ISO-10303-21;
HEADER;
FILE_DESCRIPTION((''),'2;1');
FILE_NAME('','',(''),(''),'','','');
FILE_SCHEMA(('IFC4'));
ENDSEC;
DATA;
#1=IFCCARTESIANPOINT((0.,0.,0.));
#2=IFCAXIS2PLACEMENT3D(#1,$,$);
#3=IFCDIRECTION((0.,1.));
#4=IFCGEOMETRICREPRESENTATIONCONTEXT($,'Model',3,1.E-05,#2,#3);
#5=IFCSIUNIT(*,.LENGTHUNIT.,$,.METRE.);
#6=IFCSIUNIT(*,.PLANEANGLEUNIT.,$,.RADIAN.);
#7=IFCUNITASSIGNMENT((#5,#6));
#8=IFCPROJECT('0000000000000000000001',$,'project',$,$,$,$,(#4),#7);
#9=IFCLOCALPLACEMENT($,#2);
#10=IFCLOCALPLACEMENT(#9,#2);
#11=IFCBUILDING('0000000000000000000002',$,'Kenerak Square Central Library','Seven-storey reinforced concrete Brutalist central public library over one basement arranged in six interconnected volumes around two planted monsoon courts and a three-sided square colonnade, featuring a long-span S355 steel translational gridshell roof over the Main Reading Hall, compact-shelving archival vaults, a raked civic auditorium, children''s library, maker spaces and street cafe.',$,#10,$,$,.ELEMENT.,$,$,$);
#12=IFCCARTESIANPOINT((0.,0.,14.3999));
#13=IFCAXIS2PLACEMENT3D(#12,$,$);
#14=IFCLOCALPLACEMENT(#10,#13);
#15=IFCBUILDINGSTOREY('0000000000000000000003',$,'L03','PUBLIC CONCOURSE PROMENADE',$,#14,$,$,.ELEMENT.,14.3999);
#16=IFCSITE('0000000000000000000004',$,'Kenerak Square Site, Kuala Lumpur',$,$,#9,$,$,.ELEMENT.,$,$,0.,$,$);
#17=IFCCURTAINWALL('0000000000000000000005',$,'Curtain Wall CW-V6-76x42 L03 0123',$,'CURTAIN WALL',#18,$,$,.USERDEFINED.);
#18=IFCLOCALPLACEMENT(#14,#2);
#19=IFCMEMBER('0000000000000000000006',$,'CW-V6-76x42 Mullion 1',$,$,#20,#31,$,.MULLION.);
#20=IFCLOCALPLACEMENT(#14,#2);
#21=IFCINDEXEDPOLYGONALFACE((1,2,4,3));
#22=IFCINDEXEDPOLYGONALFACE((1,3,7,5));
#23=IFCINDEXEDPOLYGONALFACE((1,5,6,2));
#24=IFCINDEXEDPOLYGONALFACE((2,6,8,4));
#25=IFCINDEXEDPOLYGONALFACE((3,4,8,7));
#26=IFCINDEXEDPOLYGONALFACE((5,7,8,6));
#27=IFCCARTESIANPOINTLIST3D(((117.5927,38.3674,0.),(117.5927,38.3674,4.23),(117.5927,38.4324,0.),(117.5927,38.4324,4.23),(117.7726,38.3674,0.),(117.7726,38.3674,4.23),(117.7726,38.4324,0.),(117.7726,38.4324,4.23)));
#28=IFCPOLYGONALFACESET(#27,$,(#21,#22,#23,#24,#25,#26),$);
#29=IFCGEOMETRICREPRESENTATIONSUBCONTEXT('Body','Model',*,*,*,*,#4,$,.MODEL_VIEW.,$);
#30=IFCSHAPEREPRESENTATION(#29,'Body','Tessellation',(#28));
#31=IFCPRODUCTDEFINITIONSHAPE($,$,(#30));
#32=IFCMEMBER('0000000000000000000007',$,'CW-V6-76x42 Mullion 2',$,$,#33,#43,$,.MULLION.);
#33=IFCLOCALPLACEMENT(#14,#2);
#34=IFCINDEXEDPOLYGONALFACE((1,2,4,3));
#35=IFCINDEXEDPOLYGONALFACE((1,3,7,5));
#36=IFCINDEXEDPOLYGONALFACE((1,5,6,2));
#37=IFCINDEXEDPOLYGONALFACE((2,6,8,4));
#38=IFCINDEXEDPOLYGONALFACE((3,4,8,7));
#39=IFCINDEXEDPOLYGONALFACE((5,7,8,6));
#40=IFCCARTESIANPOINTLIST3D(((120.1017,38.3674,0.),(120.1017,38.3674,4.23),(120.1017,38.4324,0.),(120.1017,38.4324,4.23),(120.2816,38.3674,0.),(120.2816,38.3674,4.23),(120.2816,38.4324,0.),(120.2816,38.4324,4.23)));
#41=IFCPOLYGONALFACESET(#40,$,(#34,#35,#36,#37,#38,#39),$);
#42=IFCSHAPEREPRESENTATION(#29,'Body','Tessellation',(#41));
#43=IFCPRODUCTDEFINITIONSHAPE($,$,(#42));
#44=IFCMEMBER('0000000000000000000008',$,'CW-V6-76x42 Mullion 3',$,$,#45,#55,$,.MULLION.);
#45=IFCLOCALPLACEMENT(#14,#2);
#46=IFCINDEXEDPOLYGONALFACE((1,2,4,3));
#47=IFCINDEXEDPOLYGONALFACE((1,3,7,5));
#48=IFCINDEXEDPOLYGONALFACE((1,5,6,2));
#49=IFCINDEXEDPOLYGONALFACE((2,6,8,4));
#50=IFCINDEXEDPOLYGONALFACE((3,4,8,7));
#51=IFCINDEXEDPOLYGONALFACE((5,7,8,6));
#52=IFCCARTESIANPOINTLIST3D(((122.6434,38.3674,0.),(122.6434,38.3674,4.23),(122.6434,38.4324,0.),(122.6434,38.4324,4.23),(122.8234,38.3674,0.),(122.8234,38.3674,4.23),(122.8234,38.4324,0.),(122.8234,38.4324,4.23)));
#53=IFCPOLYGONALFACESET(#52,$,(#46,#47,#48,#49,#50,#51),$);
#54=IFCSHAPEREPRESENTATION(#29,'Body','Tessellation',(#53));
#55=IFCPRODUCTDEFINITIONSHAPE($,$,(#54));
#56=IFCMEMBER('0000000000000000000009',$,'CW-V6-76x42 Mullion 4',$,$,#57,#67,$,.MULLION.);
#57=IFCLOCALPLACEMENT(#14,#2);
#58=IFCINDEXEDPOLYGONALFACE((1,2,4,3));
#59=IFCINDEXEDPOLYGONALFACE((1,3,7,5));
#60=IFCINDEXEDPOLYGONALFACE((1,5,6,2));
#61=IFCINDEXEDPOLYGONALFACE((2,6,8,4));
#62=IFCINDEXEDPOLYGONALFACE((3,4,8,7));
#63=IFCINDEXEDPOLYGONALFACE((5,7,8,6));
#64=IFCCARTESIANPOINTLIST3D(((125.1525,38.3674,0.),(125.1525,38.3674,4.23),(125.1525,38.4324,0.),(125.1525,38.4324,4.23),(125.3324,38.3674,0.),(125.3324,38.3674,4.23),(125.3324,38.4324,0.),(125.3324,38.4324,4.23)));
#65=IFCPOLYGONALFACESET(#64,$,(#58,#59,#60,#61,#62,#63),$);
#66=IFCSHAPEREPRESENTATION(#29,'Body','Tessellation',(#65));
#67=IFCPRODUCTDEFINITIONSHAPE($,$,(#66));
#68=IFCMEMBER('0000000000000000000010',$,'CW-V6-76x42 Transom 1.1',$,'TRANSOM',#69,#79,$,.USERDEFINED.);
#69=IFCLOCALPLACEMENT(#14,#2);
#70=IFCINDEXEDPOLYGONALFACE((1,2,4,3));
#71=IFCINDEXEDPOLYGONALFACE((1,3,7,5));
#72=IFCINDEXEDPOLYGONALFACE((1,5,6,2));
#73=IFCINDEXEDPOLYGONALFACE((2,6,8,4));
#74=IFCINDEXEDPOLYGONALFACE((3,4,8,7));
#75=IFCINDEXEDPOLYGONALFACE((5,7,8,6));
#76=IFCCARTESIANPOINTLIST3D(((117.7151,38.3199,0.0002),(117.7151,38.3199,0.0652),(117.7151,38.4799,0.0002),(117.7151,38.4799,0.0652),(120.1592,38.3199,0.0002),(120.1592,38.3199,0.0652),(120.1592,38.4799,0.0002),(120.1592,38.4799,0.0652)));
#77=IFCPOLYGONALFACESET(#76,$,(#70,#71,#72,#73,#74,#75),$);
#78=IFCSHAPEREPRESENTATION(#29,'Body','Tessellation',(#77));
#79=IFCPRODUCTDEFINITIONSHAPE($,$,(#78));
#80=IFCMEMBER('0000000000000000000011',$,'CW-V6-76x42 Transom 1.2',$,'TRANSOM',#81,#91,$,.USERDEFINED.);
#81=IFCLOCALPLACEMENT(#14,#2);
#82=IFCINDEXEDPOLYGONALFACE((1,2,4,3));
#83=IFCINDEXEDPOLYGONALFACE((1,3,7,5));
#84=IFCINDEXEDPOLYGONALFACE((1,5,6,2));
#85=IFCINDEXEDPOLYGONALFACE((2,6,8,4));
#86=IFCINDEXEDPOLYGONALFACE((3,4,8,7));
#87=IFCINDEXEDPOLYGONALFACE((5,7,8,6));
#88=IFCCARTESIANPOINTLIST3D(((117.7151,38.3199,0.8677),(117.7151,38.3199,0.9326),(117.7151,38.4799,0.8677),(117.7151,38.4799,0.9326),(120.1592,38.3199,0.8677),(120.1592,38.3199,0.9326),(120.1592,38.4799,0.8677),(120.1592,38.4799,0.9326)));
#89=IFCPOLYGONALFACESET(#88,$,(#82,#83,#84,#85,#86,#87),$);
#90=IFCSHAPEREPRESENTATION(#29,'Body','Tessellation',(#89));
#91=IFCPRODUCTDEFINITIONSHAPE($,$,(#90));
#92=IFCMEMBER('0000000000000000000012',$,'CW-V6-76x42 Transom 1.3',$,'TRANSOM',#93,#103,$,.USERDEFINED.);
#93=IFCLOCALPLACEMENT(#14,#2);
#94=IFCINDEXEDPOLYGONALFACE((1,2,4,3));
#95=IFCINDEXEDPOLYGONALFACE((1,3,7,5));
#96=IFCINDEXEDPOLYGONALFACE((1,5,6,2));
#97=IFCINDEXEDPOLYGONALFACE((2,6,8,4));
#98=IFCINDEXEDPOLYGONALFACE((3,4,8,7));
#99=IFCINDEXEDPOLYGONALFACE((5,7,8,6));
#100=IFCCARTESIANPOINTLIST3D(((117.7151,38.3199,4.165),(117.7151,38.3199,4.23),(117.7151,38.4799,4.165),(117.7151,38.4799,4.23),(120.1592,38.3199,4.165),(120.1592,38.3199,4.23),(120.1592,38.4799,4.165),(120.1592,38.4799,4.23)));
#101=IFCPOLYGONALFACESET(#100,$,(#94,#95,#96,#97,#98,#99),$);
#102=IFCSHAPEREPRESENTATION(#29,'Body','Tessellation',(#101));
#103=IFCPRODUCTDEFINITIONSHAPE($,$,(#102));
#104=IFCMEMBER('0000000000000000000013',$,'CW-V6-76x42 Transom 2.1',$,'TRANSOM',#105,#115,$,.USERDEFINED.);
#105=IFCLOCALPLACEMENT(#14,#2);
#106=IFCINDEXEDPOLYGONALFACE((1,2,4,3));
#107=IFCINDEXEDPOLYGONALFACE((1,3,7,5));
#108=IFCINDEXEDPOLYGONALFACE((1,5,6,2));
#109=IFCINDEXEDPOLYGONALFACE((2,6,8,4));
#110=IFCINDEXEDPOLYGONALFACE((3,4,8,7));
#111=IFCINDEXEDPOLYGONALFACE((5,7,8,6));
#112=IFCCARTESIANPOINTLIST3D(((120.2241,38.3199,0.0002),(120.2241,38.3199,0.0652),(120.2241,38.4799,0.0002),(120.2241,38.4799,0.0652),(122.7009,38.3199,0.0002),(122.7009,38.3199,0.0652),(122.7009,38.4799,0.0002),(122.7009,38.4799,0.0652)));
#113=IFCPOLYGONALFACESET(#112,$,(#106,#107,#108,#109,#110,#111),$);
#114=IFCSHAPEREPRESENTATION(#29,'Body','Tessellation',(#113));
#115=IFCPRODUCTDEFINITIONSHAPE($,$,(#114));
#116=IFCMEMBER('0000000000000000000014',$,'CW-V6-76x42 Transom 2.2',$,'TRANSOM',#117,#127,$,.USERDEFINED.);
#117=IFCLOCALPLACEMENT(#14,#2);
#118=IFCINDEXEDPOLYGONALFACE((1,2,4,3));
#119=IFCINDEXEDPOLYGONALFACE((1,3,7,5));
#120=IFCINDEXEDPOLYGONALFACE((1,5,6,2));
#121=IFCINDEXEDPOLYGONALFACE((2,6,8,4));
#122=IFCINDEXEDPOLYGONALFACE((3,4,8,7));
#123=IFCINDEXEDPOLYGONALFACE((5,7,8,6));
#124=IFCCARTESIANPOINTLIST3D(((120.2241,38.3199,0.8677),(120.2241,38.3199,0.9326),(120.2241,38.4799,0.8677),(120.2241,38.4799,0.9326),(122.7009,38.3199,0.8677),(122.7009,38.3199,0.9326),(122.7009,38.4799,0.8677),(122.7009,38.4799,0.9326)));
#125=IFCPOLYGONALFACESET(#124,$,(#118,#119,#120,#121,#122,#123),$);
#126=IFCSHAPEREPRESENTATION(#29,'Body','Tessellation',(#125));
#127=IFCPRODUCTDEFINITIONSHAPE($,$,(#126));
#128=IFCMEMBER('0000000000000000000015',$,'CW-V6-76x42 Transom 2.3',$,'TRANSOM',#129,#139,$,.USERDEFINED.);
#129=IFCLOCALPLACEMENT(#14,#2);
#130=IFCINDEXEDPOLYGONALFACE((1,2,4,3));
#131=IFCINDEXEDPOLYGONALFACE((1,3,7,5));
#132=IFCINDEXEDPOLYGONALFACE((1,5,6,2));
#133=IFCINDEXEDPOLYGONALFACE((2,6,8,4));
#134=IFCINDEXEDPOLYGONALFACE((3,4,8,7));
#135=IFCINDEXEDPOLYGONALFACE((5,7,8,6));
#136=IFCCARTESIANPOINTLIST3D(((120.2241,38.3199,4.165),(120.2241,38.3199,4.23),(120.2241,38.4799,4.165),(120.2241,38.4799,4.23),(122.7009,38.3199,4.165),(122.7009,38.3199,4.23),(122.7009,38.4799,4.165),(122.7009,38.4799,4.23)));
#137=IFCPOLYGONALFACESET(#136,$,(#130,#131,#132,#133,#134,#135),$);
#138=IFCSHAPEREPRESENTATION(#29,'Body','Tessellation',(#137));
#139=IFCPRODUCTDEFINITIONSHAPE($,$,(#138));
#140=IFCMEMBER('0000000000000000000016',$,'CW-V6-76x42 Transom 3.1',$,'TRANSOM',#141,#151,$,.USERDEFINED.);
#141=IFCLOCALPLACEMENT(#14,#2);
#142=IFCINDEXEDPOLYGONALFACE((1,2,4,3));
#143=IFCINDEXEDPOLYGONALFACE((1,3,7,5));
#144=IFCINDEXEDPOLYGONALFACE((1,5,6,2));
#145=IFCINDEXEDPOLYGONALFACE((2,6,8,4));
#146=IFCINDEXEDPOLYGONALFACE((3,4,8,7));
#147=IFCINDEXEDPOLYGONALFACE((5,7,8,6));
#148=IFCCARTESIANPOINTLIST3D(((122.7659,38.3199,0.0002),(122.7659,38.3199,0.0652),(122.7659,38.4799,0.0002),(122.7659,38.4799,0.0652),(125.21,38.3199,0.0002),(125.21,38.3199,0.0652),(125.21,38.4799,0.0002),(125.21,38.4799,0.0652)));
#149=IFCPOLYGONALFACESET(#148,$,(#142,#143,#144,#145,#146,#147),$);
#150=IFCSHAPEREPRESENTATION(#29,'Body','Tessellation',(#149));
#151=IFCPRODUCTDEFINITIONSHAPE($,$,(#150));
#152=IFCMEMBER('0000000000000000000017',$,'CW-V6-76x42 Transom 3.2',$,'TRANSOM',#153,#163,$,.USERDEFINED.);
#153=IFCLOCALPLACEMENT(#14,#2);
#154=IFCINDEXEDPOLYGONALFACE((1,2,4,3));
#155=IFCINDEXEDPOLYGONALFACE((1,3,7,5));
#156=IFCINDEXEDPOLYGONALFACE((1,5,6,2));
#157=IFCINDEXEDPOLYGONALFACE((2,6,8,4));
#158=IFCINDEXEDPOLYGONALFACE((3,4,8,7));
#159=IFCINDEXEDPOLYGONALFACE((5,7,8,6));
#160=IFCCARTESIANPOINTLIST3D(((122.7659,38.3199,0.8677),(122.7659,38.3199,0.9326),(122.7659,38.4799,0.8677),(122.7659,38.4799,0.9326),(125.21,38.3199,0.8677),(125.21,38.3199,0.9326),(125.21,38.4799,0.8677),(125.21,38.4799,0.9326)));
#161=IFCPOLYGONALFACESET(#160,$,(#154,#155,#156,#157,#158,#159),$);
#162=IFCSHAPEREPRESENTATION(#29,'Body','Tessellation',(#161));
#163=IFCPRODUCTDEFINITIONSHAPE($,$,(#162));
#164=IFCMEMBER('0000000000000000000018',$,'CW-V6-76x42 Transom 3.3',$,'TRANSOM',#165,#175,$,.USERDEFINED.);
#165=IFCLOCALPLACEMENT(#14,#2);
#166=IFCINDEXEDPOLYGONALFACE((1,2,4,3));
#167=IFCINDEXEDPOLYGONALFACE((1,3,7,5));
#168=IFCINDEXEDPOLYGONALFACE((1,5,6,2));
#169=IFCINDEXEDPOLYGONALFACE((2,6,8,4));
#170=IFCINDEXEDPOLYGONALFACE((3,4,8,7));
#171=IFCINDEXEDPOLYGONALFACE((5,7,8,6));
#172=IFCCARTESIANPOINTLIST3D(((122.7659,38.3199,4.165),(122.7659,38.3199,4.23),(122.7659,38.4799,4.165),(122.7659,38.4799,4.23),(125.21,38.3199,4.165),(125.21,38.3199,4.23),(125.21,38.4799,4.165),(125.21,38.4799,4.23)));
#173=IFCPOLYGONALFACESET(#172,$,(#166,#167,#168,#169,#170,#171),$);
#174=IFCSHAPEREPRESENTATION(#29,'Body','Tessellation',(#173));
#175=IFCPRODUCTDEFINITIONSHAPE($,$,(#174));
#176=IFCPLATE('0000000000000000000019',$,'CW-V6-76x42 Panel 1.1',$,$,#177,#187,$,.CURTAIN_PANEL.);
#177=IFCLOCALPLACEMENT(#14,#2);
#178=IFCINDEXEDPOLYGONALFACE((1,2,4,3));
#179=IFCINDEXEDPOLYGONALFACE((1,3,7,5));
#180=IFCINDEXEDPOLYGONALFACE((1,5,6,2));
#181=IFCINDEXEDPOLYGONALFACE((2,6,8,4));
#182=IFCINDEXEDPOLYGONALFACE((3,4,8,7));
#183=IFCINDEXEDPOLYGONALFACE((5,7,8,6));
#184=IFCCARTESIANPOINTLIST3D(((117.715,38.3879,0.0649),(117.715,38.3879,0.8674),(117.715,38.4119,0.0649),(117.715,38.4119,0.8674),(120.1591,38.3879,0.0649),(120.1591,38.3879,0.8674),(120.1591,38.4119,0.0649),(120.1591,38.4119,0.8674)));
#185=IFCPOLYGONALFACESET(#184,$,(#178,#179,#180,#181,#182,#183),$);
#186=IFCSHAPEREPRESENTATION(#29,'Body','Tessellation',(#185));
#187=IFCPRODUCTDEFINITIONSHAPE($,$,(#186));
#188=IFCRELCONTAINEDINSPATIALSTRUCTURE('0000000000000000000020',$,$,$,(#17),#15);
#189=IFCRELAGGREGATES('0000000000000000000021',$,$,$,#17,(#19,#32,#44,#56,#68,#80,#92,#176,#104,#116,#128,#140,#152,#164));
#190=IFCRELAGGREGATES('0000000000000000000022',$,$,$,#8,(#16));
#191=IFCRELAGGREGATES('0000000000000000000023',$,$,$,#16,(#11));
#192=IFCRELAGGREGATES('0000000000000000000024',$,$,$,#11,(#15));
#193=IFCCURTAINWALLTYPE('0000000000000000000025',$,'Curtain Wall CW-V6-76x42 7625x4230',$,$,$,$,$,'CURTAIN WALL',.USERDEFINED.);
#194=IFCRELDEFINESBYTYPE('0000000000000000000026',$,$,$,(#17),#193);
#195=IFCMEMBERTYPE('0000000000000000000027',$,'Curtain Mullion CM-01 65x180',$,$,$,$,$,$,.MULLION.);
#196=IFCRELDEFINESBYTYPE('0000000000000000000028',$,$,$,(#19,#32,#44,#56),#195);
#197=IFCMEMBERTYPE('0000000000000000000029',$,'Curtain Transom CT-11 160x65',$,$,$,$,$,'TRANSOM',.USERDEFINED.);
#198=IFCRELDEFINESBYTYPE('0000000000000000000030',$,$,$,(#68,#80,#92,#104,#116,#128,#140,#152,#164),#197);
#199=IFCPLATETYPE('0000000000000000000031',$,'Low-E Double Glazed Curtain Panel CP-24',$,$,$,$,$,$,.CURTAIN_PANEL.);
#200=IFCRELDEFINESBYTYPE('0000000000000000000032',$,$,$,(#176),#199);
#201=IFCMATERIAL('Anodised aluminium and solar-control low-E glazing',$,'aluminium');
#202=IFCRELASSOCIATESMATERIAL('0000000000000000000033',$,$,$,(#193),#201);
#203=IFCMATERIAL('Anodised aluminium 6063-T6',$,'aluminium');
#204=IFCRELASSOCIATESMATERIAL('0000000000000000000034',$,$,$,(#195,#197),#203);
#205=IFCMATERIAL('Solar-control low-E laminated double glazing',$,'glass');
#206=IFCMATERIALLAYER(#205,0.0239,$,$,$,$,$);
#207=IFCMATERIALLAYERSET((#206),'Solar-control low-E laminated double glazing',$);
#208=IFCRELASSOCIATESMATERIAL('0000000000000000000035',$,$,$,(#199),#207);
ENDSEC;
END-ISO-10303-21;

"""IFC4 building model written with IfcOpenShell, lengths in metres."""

from ifc_helpers import new_model, si_unit, direction, frame, origin, origin_2d, place, context, subcontext, project, spatial, rectangle, extrude, material, layer, layer_set, material_profile, profile_set, type_object, element, aggregate, save


model = new_model("IFC4")

# Units and contexts
model_context = context("Model", 3, precision=1e-05, world=origin(), true_north=direction((0.0, 1.0)))
body_context = subcontext(model_context, "Body", "Model", "MODEL_VIEW")
ifc_project = project(units=[si_unit("LENGTHUNIT", "METRE"), si_unit("PLANEANGLEUNIT", "RADIAN")], contexts=[model_context])

# Site, building, storey
site_placement = place(None, origin())
site = spatial("IfcSite", under=ifc_project, at=site_placement, Name="Kenerak Square Site, Kuala Lumpur", CompositionType="ELEMENT", RefElevation=0.0)
building_placement = place(site_placement, origin())
building = spatial("IfcBuilding", under=site, at=building_placement, Name="Kenerak Square Central Library", Description="Seven-storey reinforced concrete Brutalist central public library over one basement arranged in six interconnected volumes around two planted monsoon courts and a three-sided square colonnade, featuring a long-span S355 steel translational gridshell roof over the Main Reading Hall, compact-shelving archival vaults, a raked civic auditorium, children's library, maker spaces and street cafe.", CompositionType="ELEMENT")
storey_placement = place(building_placement, frame((0.0, 0.0, 14.3999)))
storey = spatial("IfcBuildingStorey", under=building, at=storey_placement, Name="L03", Description="PUBLIC CONCOURSE PROMENADE", CompositionType="ELEMENT", Elevation=14.3999)

# Curtain wall, members, plate
ifc_material_1 = material(Name="Anodised aluminium and solar-control low-E glazing", Category="aluminium")
curtain_wall_type = type_object("IfcCurtainWallType", Name="Curtain Wall CW-V6-76x42 7625x4230", ElementType="CURTAIN WALL", PredefinedType="USERDEFINED", material=ifc_material_1)
curtain_wall_placement = place(storey_placement, origin())
curtain_wall = element("IfcCurtainWall", 1, at=curtain_wall_placement, inside=storey, type_object=curtain_wall_type, Name="Curtain Wall CW-V6-76x42 L03 0123", ObjectType="CURTAIN WALL", PredefinedType="USERDEFINED")
ifc_material_2 = material(Name="Anodised aluminium 6063-T6", Category="aluminium")
ifc_material_profile_1 = material_profile(ifc_material_2, rectangle(XDim=0.0649, YDim=0.1799, at=origin_2d()), Name="AL MULLION 65x180")
ifc_profile_set_1 = profile_set([ifc_material_profile_1], Name="Anodised aluminium 6063-T6")
member_type_1 = type_object("IfcMemberType", Name="Curtain Mullion CM-01 65x180", PredefinedType="MULLION", material=ifc_profile_set_1)
member_1_placement = place(storey_placement, frame((117.6826, 38.3999, 0.0), z_axis=(0.0, 0.0, 1.0), x_axis=(0.0, 1.0, 0.0)))
member_1 = element("IfcMember", 2, at=member_1_placement, type_object=member_type_1, Name="CW-V6-76x42 Mullion 1", PredefinedType="MULLION", context=body_context, shape_type="SweptSolid", body=[
    extrude(rectangle(XDim=0.0649, YDim=0.1799, at=origin_2d()), origin(), (0.0, 0.0, 1.0), 4.23),
])
member_2_placement = place(storey_placement, frame((120.1917, 38.3999, 0.0), z_axis=(0.0, 0.0, 1.0), x_axis=(0.0, 1.0, 0.0)))
member_2 = element("IfcMember", 3, at=member_2_placement, type_object=member_type_1, Name="CW-V6-76x42 Mullion 2", PredefinedType="MULLION", context=body_context, shape_type="SweptSolid", body=[
    extrude(rectangle(XDim=0.0649, YDim=0.1799, at=origin_2d()), origin(), (0.0, 0.0, 1.0), 4.23),
])
member_3_placement = place(storey_placement, frame((122.7334, 38.3999, 0.0), z_axis=(0.0, 0.0, 1.0), x_axis=(0.0, 1.0, 0.0)))
member_3 = element("IfcMember", 4, at=member_3_placement, type_object=member_type_1, Name="CW-V6-76x42 Mullion 3", PredefinedType="MULLION", context=body_context, shape_type="SweptSolid", body=[
    extrude(rectangle(XDim=0.0649, YDim=0.1799, at=origin_2d()), origin(), (0.0, 0.0, 1.0), 4.23),
])
member_4_placement = place(storey_placement, frame((125.2424, 38.3999, 0.0), z_axis=(0.0, 0.0, 1.0), x_axis=(0.0, 1.0, 0.0)))
member_4 = element("IfcMember", 5, at=member_4_placement, type_object=member_type_1, Name="CW-V6-76x42 Mullion 4", PredefinedType="MULLION", context=body_context, shape_type="SweptSolid", body=[
    extrude(rectangle(XDim=0.0649, YDim=0.1799, at=origin_2d()), origin(), (0.0, 0.0, 1.0), 4.23),
])
ifc_material_profile_2 = material_profile(ifc_material_2, rectangle(XDim=0.1599, YDim=0.0649, at=origin_2d()), Name="AL TRANSOM 160x65")
ifc_profile_set_2 = profile_set([ifc_material_profile_2], Name="Anodised aluminium 6063-T6")
member_type_2 = type_object("IfcMemberType", Name="Curtain Transom CT-11 160x65", ElementType="TRANSOM", PredefinedType="USERDEFINED", material=ifc_profile_set_2)
member_5_placement = place(storey_placement, frame((117.7151, 38.3999, 0.0327), z_axis=(1.0, 0.0, 0.0), x_axis=(0.0, 1.0, 0.0)))
member_5 = element("IfcMember", 6, at=member_5_placement, type_object=member_type_2, Name="CW-V6-76x42 Transom 1.1", ObjectType="TRANSOM", PredefinedType="USERDEFINED", context=body_context, shape_type="SweptSolid", body=[
    extrude(rectangle(XDim=0.1599, YDim=0.0649, at=origin_2d()), origin(), (0.0, 0.0, 1.0), 2.4441),
])
member_6_placement = place(storey_placement, frame((117.7151, 38.3999, 0.9001), z_axis=(1.0, 0.0, 0.0), x_axis=(0.0, 1.0, 0.0)))
member_6 = element("IfcMember", 7, at=member_6_placement, type_object=member_type_2, Name="CW-V6-76x42 Transom 1.2", ObjectType="TRANSOM", PredefinedType="USERDEFINED", context=body_context, shape_type="SweptSolid", body=[
    extrude(rectangle(XDim=0.1599, YDim=0.0649, at=origin_2d()), origin(), (0.0, 0.0, 1.0), 2.4441),
])
member_7_placement = place(storey_placement, frame((117.7151, 38.3999, 4.1975), z_axis=(1.0, 0.0, 0.0), x_axis=(0.0, 1.0, 0.0)))
member_7 = element("IfcMember", 8, at=member_7_placement, type_object=member_type_2, Name="CW-V6-76x42 Transom 1.3", ObjectType="TRANSOM", PredefinedType="USERDEFINED", context=body_context, shape_type="SweptSolid", body=[
    extrude(rectangle(XDim=0.1599, YDim=0.0649, at=origin_2d()), origin(), (0.0, 0.0, 1.0), 2.4441),
])
member_8_placement = place(storey_placement, frame((120.2241, 38.3999, 0.0327), z_axis=(1.0, 0.0, 0.0), x_axis=(0.0, 1.0, 0.0)))
member_8 = element("IfcMember", 9, at=member_8_placement, type_object=member_type_2, Name="CW-V6-76x42 Transom 2.1", ObjectType="TRANSOM", PredefinedType="USERDEFINED", context=body_context, shape_type="SweptSolid", body=[
    extrude(rectangle(XDim=0.1599, YDim=0.0649, at=origin_2d()), origin(), (0.0, 0.0, 1.0), 2.4768),
])
member_9_placement = place(storey_placement, frame((120.2241, 38.3999, 0.9001), z_axis=(1.0, 0.0, 0.0), x_axis=(0.0, 1.0, 0.0)))
member_9 = element("IfcMember", 10, at=member_9_placement, type_object=member_type_2, Name="CW-V6-76x42 Transom 2.2", ObjectType="TRANSOM", PredefinedType="USERDEFINED", context=body_context, shape_type="SweptSolid", body=[
    extrude(rectangle(XDim=0.1599, YDim=0.0649, at=origin_2d()), origin(), (0.0, 0.0, 1.0), 2.4768),
])
member_10_placement = place(storey_placement, frame((120.2241, 38.3999, 4.1975), z_axis=(1.0, 0.0, 0.0), x_axis=(0.0, 1.0, 0.0)))
member_10 = element("IfcMember", 11, at=member_10_placement, type_object=member_type_2, Name="CW-V6-76x42 Transom 2.3", ObjectType="TRANSOM", PredefinedType="USERDEFINED", context=body_context, shape_type="SweptSolid", body=[
    extrude(rectangle(XDim=0.1599, YDim=0.0649, at=origin_2d()), origin(), (0.0, 0.0, 1.0), 2.4768),
])
member_11_placement = place(storey_placement, frame((122.7659, 38.3999, 0.0327), z_axis=(1.0, 0.0, 0.0), x_axis=(0.0, 1.0, 0.0)))
member_11 = element("IfcMember", 12, at=member_11_placement, type_object=member_type_2, Name="CW-V6-76x42 Transom 3.1", ObjectType="TRANSOM", PredefinedType="USERDEFINED", context=body_context, shape_type="SweptSolid", body=[
    extrude(rectangle(XDim=0.1599, YDim=0.0649, at=origin_2d()), origin(), (0.0, 0.0, 1.0), 2.4441),
])
member_12_placement = place(storey_placement, frame((122.7659, 38.3999, 0.9001), z_axis=(1.0, 0.0, 0.0), x_axis=(0.0, 1.0, 0.0)))
member_12 = element("IfcMember", 13, at=member_12_placement, type_object=member_type_2, Name="CW-V6-76x42 Transom 3.2", ObjectType="TRANSOM", PredefinedType="USERDEFINED", context=body_context, shape_type="SweptSolid", body=[
    extrude(rectangle(XDim=0.1599, YDim=0.0649, at=origin_2d()), origin(), (0.0, 0.0, 1.0), 2.4441),
])
member_13_placement = place(storey_placement, frame((122.7659, 38.3999, 4.1975), z_axis=(1.0, 0.0, 0.0), x_axis=(0.0, 1.0, 0.0)))
member_13 = element("IfcMember", 14, at=member_13_placement, type_object=member_type_2, Name="CW-V6-76x42 Transom 3.3", ObjectType="TRANSOM", PredefinedType="USERDEFINED", context=body_context, shape_type="SweptSolid", body=[
    extrude(rectangle(XDim=0.1599, YDim=0.0649, at=origin_2d()), origin(), (0.0, 0.0, 1.0), 2.4441),
])
ifc_material_3 = material(Name="Solar-control low-E laminated double glazing", Category="glass")
ifc_layer = layer(ifc_material_3, 0.0239)
ifc_layer_set = layer_set([ifc_layer], Name="Solar-control low-E laminated double glazing")
plate_type = type_object("IfcPlateType", Name="Low-E Double Glazed Curtain Panel CP-24", PredefinedType="CURTAIN_PANEL", material=ifc_layer_set)
plate_1_placement = place(storey_placement, frame((118.937, 38.3999, 0.0649), z_axis=(0.0, 0.0, 1.0), x_axis=(1.0, 0.0, 0.0)))
plate_1 = element("IfcPlate", 15, at=plate_1_placement, type_object=plate_type, Name="CW-V6-76x42 Panel 1.1", PredefinedType="CURTAIN_PANEL", context=body_context, shape_type="SweptSolid", body=[
    extrude(rectangle(XDim=2.4441, YDim=0.0239, at=origin_2d()), origin(), (0.0, 0.0, 1.0), 0.8025),
])
aggregate(curtain_wall, [member_1, member_2, member_3, member_4, member_5, member_6, member_7, plate_1, member_8, member_9, member_10, member_11, member_12, member_13])

save(model, "model.ifc")
